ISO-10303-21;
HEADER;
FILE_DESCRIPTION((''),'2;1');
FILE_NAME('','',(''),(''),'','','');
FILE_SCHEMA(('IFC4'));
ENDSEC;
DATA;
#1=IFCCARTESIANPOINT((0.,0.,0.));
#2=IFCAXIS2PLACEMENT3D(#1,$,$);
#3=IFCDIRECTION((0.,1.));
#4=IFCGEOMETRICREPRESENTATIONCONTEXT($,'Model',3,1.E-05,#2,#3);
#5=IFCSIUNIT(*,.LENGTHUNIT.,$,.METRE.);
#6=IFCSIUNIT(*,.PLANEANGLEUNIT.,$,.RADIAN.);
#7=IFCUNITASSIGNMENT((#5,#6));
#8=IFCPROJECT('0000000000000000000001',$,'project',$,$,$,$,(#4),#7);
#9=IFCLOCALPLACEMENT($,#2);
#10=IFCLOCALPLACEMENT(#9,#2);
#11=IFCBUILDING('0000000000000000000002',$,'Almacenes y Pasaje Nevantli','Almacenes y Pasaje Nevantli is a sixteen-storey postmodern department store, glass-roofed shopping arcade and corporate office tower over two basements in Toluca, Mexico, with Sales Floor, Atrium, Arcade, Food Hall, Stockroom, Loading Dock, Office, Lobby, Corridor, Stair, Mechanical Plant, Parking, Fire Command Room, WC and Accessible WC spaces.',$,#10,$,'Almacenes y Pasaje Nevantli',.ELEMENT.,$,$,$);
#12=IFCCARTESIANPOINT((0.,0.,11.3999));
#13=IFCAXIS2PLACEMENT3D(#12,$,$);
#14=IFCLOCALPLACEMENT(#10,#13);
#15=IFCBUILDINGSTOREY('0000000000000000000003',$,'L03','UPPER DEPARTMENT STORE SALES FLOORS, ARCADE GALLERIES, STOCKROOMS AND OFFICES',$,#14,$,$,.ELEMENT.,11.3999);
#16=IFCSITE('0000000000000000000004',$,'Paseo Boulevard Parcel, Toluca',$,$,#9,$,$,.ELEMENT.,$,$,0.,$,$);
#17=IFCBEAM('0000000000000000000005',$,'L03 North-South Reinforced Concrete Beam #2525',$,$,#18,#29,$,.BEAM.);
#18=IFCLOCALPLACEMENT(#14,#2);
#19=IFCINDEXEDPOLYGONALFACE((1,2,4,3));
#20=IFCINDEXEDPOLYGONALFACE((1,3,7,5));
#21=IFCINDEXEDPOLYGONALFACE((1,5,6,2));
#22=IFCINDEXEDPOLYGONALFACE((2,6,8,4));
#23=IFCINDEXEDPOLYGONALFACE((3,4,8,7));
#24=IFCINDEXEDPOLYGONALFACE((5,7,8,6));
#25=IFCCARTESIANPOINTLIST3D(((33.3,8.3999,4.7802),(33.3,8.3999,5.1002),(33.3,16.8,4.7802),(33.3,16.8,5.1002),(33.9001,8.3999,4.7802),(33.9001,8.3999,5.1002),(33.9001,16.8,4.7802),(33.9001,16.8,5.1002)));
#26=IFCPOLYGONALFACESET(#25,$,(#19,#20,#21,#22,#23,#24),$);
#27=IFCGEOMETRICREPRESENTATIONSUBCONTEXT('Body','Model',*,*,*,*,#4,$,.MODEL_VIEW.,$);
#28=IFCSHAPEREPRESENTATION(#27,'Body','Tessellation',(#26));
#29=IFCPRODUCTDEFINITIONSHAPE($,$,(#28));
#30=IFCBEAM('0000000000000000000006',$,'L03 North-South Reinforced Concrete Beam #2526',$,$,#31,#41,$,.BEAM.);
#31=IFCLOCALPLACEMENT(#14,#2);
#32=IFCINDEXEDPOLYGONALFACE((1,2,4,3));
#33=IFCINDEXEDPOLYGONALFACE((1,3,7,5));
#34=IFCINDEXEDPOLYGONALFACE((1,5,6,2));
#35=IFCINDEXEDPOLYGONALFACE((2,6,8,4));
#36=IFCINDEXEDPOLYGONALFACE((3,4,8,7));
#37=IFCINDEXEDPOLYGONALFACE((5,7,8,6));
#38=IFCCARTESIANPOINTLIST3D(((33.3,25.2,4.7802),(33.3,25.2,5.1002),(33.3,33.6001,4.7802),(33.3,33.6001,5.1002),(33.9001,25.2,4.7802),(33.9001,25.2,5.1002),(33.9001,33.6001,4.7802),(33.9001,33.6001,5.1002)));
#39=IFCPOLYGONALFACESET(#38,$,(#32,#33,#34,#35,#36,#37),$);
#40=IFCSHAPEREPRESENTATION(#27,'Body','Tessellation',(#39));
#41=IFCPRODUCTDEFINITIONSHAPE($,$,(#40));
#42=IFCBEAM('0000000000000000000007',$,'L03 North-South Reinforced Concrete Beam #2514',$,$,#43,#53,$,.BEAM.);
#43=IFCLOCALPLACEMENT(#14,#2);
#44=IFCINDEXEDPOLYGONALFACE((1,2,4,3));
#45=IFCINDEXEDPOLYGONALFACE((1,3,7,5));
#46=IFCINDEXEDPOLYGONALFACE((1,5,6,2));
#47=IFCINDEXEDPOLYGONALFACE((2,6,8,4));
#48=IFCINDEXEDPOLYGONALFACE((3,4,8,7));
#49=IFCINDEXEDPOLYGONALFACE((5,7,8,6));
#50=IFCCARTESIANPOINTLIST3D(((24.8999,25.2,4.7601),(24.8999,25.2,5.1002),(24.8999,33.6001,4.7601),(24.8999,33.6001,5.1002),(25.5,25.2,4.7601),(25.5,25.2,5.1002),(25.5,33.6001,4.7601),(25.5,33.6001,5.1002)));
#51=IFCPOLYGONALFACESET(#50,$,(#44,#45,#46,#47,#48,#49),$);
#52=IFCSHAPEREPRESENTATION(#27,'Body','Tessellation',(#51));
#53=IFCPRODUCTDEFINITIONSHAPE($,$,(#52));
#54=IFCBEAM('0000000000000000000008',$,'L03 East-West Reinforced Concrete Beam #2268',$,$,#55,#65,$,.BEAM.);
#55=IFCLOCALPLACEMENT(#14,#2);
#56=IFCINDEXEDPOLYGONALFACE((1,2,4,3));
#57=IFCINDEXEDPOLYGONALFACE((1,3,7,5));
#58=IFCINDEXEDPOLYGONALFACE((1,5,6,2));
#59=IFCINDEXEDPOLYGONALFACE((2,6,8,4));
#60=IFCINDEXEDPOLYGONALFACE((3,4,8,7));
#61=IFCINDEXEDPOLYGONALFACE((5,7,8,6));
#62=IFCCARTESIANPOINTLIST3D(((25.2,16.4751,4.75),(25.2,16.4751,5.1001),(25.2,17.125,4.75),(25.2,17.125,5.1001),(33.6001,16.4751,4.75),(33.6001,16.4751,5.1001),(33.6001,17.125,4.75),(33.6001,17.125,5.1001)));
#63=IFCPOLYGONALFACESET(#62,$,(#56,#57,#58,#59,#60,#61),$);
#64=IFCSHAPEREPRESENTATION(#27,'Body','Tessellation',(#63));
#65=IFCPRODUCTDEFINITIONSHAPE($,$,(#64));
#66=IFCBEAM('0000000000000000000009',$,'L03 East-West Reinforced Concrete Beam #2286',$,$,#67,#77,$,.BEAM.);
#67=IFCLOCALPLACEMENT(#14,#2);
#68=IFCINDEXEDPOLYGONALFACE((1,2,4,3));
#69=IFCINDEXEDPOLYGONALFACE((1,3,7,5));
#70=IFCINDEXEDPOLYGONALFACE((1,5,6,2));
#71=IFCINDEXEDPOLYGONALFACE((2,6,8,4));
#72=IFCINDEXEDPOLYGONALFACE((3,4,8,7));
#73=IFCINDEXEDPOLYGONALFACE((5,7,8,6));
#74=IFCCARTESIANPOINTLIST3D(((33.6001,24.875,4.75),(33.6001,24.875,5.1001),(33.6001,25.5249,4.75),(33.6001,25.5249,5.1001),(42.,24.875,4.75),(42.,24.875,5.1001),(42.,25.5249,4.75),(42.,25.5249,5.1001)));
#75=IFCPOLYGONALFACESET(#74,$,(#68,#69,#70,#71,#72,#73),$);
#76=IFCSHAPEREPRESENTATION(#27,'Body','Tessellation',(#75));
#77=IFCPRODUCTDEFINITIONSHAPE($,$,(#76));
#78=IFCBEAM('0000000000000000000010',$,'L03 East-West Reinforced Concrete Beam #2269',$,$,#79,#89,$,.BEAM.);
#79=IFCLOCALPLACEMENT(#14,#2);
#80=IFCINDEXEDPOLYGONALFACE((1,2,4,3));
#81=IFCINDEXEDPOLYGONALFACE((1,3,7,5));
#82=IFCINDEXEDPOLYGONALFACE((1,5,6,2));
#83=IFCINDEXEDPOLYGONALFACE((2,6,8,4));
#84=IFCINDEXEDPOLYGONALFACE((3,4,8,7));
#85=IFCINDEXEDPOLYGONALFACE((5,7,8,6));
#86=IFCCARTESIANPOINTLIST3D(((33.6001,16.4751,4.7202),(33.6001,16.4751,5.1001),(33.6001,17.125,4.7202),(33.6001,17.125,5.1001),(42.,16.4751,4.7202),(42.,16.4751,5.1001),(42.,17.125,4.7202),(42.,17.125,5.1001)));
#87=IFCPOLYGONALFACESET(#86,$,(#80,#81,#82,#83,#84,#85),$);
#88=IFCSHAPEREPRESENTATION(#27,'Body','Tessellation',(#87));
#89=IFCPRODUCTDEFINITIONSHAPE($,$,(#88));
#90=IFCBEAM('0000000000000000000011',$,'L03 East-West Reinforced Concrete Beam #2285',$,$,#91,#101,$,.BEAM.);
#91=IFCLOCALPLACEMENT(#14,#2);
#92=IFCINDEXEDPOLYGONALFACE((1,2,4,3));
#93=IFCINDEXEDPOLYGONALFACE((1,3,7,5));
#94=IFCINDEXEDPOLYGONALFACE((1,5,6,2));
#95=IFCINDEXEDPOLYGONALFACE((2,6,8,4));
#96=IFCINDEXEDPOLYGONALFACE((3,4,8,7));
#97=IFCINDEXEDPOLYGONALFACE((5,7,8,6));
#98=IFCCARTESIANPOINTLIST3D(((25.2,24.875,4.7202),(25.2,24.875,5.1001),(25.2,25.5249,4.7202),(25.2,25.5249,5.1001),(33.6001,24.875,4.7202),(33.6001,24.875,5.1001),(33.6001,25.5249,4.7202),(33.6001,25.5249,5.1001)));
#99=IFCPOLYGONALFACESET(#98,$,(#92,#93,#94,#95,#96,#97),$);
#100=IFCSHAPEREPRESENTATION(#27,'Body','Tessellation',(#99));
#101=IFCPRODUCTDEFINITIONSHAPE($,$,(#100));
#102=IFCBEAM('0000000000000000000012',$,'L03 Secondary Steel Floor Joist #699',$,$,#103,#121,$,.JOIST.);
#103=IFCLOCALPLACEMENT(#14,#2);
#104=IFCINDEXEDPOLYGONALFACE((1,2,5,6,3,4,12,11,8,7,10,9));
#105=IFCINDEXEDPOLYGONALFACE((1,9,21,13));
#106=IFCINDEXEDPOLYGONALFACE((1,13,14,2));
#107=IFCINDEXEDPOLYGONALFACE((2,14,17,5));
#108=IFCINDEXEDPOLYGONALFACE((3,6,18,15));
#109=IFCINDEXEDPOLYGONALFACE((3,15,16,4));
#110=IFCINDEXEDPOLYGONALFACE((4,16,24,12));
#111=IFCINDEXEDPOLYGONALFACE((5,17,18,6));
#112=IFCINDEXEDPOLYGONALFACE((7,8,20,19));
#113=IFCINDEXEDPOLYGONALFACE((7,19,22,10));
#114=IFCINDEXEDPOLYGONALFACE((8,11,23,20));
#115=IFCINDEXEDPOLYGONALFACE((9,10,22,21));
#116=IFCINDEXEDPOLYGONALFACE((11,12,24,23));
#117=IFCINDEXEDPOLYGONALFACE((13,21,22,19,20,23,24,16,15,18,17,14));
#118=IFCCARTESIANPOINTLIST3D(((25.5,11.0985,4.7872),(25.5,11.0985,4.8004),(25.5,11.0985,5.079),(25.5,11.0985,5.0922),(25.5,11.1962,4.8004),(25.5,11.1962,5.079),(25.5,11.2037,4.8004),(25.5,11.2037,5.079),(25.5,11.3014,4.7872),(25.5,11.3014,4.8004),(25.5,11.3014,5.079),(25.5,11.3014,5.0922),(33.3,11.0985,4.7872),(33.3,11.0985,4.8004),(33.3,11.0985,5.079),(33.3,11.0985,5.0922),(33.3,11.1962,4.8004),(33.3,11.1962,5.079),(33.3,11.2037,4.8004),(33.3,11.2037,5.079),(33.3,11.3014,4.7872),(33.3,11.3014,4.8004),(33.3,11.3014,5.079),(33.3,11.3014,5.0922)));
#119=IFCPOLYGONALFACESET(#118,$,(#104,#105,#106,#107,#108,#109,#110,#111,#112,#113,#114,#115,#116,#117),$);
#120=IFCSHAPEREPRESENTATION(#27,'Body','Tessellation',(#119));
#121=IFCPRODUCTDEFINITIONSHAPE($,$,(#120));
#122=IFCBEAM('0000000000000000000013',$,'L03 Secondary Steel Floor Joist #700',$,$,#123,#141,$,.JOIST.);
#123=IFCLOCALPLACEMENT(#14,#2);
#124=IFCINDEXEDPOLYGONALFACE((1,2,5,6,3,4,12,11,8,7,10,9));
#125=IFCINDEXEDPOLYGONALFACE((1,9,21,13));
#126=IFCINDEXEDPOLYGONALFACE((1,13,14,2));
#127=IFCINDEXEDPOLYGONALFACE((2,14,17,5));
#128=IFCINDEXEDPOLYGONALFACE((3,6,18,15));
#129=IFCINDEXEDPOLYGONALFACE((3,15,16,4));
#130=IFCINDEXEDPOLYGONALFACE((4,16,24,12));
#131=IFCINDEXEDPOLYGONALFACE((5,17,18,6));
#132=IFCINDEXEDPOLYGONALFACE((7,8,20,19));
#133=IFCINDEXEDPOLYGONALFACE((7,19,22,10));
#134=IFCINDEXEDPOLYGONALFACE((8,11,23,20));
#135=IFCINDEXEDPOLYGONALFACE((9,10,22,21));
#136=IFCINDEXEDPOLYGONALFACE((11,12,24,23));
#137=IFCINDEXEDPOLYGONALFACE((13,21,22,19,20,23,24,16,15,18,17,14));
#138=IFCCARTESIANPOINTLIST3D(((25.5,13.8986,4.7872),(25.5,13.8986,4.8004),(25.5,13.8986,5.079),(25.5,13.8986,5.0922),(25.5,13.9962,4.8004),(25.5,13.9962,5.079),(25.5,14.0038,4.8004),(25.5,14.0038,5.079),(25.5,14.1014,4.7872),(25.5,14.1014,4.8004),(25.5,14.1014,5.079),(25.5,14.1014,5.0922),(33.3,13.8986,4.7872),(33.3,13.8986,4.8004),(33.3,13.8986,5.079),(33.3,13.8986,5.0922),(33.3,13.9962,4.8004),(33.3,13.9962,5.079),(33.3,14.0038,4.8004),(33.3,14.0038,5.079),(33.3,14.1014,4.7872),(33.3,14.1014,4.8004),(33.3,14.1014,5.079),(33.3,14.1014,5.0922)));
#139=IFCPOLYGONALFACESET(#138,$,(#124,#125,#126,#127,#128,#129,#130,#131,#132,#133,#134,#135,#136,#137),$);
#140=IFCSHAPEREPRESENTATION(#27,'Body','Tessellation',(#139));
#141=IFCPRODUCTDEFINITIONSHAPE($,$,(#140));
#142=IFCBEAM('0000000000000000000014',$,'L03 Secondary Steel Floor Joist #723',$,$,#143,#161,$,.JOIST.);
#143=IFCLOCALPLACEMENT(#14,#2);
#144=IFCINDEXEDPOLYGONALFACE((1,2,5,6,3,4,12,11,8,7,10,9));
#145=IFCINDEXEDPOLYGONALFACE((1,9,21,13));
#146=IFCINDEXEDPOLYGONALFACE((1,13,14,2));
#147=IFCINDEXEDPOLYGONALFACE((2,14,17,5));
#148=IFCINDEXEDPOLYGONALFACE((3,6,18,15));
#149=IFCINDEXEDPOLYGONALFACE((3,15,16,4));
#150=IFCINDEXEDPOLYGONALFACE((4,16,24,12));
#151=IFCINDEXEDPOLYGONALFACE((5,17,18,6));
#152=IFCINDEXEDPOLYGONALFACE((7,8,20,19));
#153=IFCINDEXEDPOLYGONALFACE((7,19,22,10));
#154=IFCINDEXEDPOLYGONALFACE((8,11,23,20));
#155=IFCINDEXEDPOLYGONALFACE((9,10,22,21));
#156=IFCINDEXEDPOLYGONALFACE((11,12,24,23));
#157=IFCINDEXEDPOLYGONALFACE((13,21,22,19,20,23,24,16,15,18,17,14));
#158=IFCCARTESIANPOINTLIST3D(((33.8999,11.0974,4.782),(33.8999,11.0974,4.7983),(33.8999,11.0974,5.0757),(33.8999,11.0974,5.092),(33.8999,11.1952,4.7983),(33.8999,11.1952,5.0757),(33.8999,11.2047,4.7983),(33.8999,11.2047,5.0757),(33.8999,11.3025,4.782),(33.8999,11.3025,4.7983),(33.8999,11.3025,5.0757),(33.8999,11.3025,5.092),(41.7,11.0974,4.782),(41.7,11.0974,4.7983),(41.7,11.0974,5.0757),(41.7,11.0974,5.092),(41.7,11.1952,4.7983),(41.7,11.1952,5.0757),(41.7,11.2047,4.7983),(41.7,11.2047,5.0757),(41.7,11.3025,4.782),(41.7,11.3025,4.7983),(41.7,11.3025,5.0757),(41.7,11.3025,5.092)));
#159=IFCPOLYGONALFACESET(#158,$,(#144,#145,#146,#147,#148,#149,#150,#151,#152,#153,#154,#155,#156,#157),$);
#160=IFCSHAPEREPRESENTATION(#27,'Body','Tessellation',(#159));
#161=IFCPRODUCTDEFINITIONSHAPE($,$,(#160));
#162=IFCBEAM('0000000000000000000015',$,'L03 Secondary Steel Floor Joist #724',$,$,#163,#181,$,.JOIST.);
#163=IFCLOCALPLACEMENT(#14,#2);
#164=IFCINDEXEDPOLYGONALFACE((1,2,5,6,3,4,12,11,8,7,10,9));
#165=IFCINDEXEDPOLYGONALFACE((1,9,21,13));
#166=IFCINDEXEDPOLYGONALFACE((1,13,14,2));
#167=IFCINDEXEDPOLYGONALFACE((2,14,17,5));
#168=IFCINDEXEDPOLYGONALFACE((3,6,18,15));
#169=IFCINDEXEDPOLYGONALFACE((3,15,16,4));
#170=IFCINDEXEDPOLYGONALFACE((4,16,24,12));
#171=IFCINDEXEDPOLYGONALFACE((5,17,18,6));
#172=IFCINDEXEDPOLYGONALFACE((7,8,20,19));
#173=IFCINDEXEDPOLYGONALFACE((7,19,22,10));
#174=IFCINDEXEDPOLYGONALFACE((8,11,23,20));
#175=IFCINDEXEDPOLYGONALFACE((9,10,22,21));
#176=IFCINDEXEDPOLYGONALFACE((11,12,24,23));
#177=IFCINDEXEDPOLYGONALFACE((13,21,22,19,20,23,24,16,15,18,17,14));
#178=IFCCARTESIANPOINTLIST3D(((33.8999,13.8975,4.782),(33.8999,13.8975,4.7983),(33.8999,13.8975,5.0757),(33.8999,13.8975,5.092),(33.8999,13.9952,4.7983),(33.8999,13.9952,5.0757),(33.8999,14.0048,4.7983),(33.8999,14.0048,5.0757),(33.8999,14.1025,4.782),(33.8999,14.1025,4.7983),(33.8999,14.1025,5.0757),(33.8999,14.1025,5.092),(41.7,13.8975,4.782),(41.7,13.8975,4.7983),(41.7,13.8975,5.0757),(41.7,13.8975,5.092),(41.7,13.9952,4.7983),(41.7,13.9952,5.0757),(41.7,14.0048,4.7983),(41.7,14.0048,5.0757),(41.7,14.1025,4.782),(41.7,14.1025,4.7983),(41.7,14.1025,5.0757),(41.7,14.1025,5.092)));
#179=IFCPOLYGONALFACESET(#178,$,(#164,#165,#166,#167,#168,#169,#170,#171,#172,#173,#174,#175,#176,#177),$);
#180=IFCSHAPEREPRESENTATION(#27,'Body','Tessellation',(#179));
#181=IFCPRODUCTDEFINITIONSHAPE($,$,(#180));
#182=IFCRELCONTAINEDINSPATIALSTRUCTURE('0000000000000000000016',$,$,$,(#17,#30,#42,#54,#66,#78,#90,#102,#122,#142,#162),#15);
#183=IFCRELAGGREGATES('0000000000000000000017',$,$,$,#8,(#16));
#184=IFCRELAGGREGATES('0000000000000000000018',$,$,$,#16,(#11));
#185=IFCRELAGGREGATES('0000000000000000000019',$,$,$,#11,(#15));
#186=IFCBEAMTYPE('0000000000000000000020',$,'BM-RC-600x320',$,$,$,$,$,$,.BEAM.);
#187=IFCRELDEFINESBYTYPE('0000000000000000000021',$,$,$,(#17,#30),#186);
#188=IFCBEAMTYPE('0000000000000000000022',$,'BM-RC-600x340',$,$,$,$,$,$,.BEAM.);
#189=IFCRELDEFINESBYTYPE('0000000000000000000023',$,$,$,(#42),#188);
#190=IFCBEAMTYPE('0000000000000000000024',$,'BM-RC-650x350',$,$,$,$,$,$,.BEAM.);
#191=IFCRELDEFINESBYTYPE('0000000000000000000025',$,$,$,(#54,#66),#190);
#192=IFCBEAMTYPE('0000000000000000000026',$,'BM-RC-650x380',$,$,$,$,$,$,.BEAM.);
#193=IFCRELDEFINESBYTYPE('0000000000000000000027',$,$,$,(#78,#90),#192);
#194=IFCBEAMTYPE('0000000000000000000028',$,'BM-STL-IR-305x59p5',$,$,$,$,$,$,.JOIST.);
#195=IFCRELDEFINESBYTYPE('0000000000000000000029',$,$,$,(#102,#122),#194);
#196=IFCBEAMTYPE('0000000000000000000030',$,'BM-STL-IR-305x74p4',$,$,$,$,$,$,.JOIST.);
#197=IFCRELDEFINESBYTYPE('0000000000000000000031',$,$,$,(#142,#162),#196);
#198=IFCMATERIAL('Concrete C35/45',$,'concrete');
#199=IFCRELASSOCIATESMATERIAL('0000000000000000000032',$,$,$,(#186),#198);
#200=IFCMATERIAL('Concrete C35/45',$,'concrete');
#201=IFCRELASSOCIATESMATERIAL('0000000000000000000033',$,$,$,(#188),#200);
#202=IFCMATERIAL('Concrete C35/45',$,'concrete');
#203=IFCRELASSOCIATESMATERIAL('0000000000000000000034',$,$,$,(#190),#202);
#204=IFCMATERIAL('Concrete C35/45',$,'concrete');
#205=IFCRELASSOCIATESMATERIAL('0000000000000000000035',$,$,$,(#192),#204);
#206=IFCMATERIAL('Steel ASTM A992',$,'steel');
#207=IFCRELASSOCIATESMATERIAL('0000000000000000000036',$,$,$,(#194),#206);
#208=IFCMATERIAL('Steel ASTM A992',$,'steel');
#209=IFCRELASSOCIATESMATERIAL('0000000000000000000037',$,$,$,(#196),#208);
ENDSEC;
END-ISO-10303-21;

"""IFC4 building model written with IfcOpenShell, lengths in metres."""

from ifc_helpers import new_model, si_unit, direction, frame, origin, origin_2d, place, context, subcontext, project, spatial, rectangle, i_section, extrude, material, material_profile, profile_set, type_object, element, save


model = new_model("IFC4")

# Units and contexts
model_context = context("Model", 3, precision=1e-05, world=origin(), true_north=direction((0.0, 1.0)))
body_context = subcontext(model_context, "Body", "Model", "MODEL_VIEW")
ifc_project = project(units=[si_unit("LENGTHUNIT", "METRE"), si_unit("PLANEANGLEUNIT", "RADIAN")], contexts=[model_context])

# Site, building, storey
site_placement = place(None, origin())
site = spatial("IfcSite", under=ifc_project, at=site_placement, Name="Paseo Boulevard Parcel, Toluca", CompositionType="ELEMENT", RefElevation=0.0)
building_placement = place(site_placement, origin())
building = spatial("IfcBuilding", under=site, at=building_placement, Name="Almacenes y Pasaje Nevantli", Description="Almacenes y Pasaje Nevantli is a sixteen-storey postmodern department store, glass-roofed shopping arcade and corporate office tower over two basements in Toluca, Mexico, with Sales Floor, Atrium, Arcade, Food Hall, Stockroom, Loading Dock, Office, Lobby, Corridor, Stair, Mechanical Plant, Parking, Fire Command Room, WC and Accessible WC spaces.", LongName="Almacenes y Pasaje Nevantli", CompositionType="ELEMENT")
storey_placement = place(building_placement, frame((0.0, 0.0, 11.3999)))
storey = spatial("IfcBuildingStorey", under=building, at=storey_placement, Name="L03", Description="UPPER DEPARTMENT STORE SALES FLOORS, ARCADE GALLERIES, STOCKROOMS AND OFFICES", CompositionType="ELEMENT", Elevation=11.3999)

# Beams
ifc_material_1 = material(Name="Concrete C35/45", Category="concrete")
ifc_material_profile_1 = material_profile(ifc_material_1, rectangle(XDim=0.6001, YDim=0.3201, at=origin_2d()), Name="RC-BM-600x320")
ifc_profile_set_1 = profile_set([ifc_material_profile_1], Name="Concrete C35/45")
beam_type_1 = type_object("IfcBeamType", Name="BM-RC-600x320", PredefinedType="BEAM", material=ifc_profile_set_1)
for number, where, z_axis, x_axis, name in (
    (1, (33.6001, 8.3999, 4.9402), (0.0, 1.0, 0.0), (-1.0, 0.0, 0.0), "L03 North-South Reinforced Concrete Beam #2525"),
    (2, (33.6001, 25.2, 4.9402), (0.0, 1.0, 0.0), (-1.0, 0.0, 0.0), "L03 North-South Reinforced Concrete Beam #2526"),
):
    element("IfcBeam", number, at=place(storey_placement, frame(where, z_axis=z_axis, x_axis=x_axis)), inside=storey, type_object=beam_type_1, Name=name, PredefinedType="BEAM", context=body_context, shape_type="SweptSolid", body=[
        extrude(rectangle(XDim=0.6001, YDim=0.3201, at=origin_2d()), origin(), (0.0, 0.0, 1.0), 8.4001),
    ])
ifc_material_2 = material(Name="Concrete C35/45", Category="concrete")
ifc_material_profile_2 = material_profile(ifc_material_2, rectangle(XDim=0.6001, YDim=0.3401, at=origin_2d()), Name="RC-BM-600x340")
ifc_profile_set_2 = profile_set([ifc_material_profile_2], Name="Concrete C35/45")
beam_type_2 = type_object("IfcBeamType", Name="BM-RC-600x340", PredefinedType="BEAM", material=ifc_profile_set_2)
beam_1_placement = place(storey_placement, frame((25.2, 25.2, 4.9302), z_axis=(0.0, 1.0, 0.0), x_axis=(-1.0, 0.0, 0.0)))
element("IfcBeam", 3, at=beam_1_placement, inside=storey, type_object=beam_type_2, Name="L03 North-South Reinforced Concrete Beam #2514", PredefinedType="BEAM", context=body_context, shape_type="SweptSolid", body=[
    extrude(rectangle(XDim=0.6001, YDim=0.3401, at=origin_2d()), origin(), (0.0, 0.0, 1.0), 8.4001),
])
ifc_material_3 = material(Name="Concrete C35/45", Category="concrete")
ifc_material_profile_3 = material_profile(ifc_material_3, rectangle(XDim=0.6499, YDim=0.3501, at=origin_2d()), Name="RC-BM-650x350")
ifc_profile_set_3 = profile_set([ifc_material_profile_3], Name="Concrete C35/45")
beam_type_3 = type_object("IfcBeamType", Name="BM-RC-650x350", PredefinedType="BEAM", material=ifc_profile_set_3)
beam_2_placement = place(storey_placement, frame((25.2, 16.8, 4.925), z_axis=(1.0, 0.0, 0.0), x_axis=(0.0, 1.0, 0.0)))
element("IfcBeam", 4, at=beam_2_placement, inside=storey, type_object=beam_type_3, Name="L03 East-West Reinforced Concrete Beam #2268", PredefinedType="BEAM", context=body_context, shape_type="SweptSolid", body=[
    extrude(rectangle(XDim=0.6499, YDim=0.3501, at=origin_2d()), origin(), (0.0, 0.0, 1.0), 8.4001),
])
beam_3_placement = place(storey_placement, frame((33.6001, 25.2, 4.925), z_axis=(1.0, 0.0, 0.0), x_axis=(0.0, 1.0, 0.0)))
element("IfcBeam", 5, at=beam_3_placement, inside=storey, type_object=beam_type_3, Name="L03 East-West Reinforced Concrete Beam #2286", PredefinedType="BEAM", context=body_context, shape_type="SweptSolid", body=[
    extrude(rectangle(XDim=0.6499, YDim=0.3501, at=origin_2d()), origin(), (0.0, 0.0, 1.0), 8.3999),
])
ifc_material_4 = material(Name="Concrete C35/45", Category="concrete")
ifc_material_profile_4 = material_profile(ifc_material_4, rectangle(XDim=0.6499, YDim=0.3799, at=origin_2d()), Name="RC-BM-650x380")
ifc_profile_set_4 = profile_set([ifc_material_profile_4], Name="Concrete C35/45")
beam_type_4 = type_object("IfcBeamType", Name="BM-RC-650x380", PredefinedType="BEAM", material=ifc_profile_set_4)
beam_4_placement = place(storey_placement, frame((33.6001, 16.8, 4.9102), z_axis=(1.0, 0.0, 0.0), x_axis=(0.0, 1.0, 0.0)))
element("IfcBeam", 6, at=beam_4_placement, inside=storey, type_object=beam_type_4, Name="L03 East-West Reinforced Concrete Beam #2269", PredefinedType="BEAM", context=body_context, shape_type="SweptSolid", body=[
    extrude(rectangle(XDim=0.6499, YDim=0.3799, at=origin_2d()), origin(), (0.0, 0.0, 1.0), 8.3999),
])
beam_5_placement = place(storey_placement, frame((25.2, 25.2, 4.9102), z_axis=(1.0, 0.0, 0.0), x_axis=(0.0, 1.0, 0.0)))
element("IfcBeam", 7, at=beam_5_placement, inside=storey, type_object=beam_type_4, Name="L03 East-West Reinforced Concrete Beam #2285", PredefinedType="BEAM", context=body_context, shape_type="SweptSolid", body=[
    extrude(rectangle(XDim=0.6499, YDim=0.3799, at=origin_2d()), origin(), (0.0, 0.0, 1.0), 8.4001),
])
ifc_material_5 = material(Name="Steel ASTM A992", Category="steel")
ifc_material_profile_5 = material_profile(ifc_material_5, i_section(OverallWidth=0.2029, OverallDepth=0.3049, WebThickness=0.0076, FlangeThickness=0.0132, at=origin_2d()), Name="IR 305x59.5")
ifc_profile_set_5 = profile_set([ifc_material_profile_5], Name="Steel ASTM A992")
beam_type_5 = type_object("IfcBeamType", Name="BM-STL-IR-305x59p5", PredefinedType="JOIST", material=ifc_profile_set_5)
for number, where, z_axis, x_axis, name in (
    (8, (25.5, 11.2, 4.9397), (1.0, 0.0, 0.0), (0.0, 1.0, 0.0), "L03 Secondary Steel Floor Joist #699"),
    (9, (25.5, 14.0, 4.9397), (1.0, 0.0, 0.0), (0.0, 1.0, 0.0), "L03 Secondary Steel Floor Joist #700"),
):
    element("IfcBeam", number, at=place(storey_placement, frame(where, z_axis=z_axis, x_axis=x_axis)), inside=storey, type_object=beam_type_5, Name=name, PredefinedType="JOIST", context=body_context, shape_type="SweptSolid", body=[
        extrude(i_section(OverallWidth=0.2029, OverallDepth=0.3049, WebThickness=0.0076, FlangeThickness=0.0132, at=origin_2d()), origin(), (0.0, 0.0, 1.0), 7.8),
    ])
ifc_material_6 = material(Name="Steel ASTM A992", Category="steel")
ifc_material_profile_6 = material_profile(ifc_material_6, i_section(OverallWidth=0.2051, OverallDepth=0.3101, WebThickness=0.0095, FlangeThickness=0.0164, at=origin_2d()), Name="IR 305x74.4")
ifc_profile_set_6 = profile_set([ifc_material_profile_6], Name="Steel ASTM A992")
beam_type_6 = type_object("IfcBeamType", Name="BM-STL-IR-305x74p4", PredefinedType="JOIST", material=ifc_profile_set_6)
for number, where, z_axis, x_axis, name in (
    (10, (33.8999, 11.2, 4.937), (1.0, 0.0, 0.0), (0.0, 1.0, 0.0), "L03 Secondary Steel Floor Joist #723"),
    (11, (33.8999, 14.0, 4.937), (1.0, 0.0, 0.0), (0.0, 1.0, 0.0), "L03 Secondary Steel Floor Joist #724"),
):
    element("IfcBeam", number, at=place(storey_placement, frame(where, z_axis=z_axis, x_axis=x_axis)), inside=storey, type_object=beam_type_6, Name=name, PredefinedType="JOIST", context=body_context, shape_type="SweptSolid", body=[
        extrude(i_section(OverallWidth=0.2051, OverallDepth=0.3101, WebThickness=0.0095, FlangeThickness=0.0164, at=origin_2d()), origin(), (0.0, 0.0, 1.0), 7.8),
    ])

save(model, "model.ifc")
